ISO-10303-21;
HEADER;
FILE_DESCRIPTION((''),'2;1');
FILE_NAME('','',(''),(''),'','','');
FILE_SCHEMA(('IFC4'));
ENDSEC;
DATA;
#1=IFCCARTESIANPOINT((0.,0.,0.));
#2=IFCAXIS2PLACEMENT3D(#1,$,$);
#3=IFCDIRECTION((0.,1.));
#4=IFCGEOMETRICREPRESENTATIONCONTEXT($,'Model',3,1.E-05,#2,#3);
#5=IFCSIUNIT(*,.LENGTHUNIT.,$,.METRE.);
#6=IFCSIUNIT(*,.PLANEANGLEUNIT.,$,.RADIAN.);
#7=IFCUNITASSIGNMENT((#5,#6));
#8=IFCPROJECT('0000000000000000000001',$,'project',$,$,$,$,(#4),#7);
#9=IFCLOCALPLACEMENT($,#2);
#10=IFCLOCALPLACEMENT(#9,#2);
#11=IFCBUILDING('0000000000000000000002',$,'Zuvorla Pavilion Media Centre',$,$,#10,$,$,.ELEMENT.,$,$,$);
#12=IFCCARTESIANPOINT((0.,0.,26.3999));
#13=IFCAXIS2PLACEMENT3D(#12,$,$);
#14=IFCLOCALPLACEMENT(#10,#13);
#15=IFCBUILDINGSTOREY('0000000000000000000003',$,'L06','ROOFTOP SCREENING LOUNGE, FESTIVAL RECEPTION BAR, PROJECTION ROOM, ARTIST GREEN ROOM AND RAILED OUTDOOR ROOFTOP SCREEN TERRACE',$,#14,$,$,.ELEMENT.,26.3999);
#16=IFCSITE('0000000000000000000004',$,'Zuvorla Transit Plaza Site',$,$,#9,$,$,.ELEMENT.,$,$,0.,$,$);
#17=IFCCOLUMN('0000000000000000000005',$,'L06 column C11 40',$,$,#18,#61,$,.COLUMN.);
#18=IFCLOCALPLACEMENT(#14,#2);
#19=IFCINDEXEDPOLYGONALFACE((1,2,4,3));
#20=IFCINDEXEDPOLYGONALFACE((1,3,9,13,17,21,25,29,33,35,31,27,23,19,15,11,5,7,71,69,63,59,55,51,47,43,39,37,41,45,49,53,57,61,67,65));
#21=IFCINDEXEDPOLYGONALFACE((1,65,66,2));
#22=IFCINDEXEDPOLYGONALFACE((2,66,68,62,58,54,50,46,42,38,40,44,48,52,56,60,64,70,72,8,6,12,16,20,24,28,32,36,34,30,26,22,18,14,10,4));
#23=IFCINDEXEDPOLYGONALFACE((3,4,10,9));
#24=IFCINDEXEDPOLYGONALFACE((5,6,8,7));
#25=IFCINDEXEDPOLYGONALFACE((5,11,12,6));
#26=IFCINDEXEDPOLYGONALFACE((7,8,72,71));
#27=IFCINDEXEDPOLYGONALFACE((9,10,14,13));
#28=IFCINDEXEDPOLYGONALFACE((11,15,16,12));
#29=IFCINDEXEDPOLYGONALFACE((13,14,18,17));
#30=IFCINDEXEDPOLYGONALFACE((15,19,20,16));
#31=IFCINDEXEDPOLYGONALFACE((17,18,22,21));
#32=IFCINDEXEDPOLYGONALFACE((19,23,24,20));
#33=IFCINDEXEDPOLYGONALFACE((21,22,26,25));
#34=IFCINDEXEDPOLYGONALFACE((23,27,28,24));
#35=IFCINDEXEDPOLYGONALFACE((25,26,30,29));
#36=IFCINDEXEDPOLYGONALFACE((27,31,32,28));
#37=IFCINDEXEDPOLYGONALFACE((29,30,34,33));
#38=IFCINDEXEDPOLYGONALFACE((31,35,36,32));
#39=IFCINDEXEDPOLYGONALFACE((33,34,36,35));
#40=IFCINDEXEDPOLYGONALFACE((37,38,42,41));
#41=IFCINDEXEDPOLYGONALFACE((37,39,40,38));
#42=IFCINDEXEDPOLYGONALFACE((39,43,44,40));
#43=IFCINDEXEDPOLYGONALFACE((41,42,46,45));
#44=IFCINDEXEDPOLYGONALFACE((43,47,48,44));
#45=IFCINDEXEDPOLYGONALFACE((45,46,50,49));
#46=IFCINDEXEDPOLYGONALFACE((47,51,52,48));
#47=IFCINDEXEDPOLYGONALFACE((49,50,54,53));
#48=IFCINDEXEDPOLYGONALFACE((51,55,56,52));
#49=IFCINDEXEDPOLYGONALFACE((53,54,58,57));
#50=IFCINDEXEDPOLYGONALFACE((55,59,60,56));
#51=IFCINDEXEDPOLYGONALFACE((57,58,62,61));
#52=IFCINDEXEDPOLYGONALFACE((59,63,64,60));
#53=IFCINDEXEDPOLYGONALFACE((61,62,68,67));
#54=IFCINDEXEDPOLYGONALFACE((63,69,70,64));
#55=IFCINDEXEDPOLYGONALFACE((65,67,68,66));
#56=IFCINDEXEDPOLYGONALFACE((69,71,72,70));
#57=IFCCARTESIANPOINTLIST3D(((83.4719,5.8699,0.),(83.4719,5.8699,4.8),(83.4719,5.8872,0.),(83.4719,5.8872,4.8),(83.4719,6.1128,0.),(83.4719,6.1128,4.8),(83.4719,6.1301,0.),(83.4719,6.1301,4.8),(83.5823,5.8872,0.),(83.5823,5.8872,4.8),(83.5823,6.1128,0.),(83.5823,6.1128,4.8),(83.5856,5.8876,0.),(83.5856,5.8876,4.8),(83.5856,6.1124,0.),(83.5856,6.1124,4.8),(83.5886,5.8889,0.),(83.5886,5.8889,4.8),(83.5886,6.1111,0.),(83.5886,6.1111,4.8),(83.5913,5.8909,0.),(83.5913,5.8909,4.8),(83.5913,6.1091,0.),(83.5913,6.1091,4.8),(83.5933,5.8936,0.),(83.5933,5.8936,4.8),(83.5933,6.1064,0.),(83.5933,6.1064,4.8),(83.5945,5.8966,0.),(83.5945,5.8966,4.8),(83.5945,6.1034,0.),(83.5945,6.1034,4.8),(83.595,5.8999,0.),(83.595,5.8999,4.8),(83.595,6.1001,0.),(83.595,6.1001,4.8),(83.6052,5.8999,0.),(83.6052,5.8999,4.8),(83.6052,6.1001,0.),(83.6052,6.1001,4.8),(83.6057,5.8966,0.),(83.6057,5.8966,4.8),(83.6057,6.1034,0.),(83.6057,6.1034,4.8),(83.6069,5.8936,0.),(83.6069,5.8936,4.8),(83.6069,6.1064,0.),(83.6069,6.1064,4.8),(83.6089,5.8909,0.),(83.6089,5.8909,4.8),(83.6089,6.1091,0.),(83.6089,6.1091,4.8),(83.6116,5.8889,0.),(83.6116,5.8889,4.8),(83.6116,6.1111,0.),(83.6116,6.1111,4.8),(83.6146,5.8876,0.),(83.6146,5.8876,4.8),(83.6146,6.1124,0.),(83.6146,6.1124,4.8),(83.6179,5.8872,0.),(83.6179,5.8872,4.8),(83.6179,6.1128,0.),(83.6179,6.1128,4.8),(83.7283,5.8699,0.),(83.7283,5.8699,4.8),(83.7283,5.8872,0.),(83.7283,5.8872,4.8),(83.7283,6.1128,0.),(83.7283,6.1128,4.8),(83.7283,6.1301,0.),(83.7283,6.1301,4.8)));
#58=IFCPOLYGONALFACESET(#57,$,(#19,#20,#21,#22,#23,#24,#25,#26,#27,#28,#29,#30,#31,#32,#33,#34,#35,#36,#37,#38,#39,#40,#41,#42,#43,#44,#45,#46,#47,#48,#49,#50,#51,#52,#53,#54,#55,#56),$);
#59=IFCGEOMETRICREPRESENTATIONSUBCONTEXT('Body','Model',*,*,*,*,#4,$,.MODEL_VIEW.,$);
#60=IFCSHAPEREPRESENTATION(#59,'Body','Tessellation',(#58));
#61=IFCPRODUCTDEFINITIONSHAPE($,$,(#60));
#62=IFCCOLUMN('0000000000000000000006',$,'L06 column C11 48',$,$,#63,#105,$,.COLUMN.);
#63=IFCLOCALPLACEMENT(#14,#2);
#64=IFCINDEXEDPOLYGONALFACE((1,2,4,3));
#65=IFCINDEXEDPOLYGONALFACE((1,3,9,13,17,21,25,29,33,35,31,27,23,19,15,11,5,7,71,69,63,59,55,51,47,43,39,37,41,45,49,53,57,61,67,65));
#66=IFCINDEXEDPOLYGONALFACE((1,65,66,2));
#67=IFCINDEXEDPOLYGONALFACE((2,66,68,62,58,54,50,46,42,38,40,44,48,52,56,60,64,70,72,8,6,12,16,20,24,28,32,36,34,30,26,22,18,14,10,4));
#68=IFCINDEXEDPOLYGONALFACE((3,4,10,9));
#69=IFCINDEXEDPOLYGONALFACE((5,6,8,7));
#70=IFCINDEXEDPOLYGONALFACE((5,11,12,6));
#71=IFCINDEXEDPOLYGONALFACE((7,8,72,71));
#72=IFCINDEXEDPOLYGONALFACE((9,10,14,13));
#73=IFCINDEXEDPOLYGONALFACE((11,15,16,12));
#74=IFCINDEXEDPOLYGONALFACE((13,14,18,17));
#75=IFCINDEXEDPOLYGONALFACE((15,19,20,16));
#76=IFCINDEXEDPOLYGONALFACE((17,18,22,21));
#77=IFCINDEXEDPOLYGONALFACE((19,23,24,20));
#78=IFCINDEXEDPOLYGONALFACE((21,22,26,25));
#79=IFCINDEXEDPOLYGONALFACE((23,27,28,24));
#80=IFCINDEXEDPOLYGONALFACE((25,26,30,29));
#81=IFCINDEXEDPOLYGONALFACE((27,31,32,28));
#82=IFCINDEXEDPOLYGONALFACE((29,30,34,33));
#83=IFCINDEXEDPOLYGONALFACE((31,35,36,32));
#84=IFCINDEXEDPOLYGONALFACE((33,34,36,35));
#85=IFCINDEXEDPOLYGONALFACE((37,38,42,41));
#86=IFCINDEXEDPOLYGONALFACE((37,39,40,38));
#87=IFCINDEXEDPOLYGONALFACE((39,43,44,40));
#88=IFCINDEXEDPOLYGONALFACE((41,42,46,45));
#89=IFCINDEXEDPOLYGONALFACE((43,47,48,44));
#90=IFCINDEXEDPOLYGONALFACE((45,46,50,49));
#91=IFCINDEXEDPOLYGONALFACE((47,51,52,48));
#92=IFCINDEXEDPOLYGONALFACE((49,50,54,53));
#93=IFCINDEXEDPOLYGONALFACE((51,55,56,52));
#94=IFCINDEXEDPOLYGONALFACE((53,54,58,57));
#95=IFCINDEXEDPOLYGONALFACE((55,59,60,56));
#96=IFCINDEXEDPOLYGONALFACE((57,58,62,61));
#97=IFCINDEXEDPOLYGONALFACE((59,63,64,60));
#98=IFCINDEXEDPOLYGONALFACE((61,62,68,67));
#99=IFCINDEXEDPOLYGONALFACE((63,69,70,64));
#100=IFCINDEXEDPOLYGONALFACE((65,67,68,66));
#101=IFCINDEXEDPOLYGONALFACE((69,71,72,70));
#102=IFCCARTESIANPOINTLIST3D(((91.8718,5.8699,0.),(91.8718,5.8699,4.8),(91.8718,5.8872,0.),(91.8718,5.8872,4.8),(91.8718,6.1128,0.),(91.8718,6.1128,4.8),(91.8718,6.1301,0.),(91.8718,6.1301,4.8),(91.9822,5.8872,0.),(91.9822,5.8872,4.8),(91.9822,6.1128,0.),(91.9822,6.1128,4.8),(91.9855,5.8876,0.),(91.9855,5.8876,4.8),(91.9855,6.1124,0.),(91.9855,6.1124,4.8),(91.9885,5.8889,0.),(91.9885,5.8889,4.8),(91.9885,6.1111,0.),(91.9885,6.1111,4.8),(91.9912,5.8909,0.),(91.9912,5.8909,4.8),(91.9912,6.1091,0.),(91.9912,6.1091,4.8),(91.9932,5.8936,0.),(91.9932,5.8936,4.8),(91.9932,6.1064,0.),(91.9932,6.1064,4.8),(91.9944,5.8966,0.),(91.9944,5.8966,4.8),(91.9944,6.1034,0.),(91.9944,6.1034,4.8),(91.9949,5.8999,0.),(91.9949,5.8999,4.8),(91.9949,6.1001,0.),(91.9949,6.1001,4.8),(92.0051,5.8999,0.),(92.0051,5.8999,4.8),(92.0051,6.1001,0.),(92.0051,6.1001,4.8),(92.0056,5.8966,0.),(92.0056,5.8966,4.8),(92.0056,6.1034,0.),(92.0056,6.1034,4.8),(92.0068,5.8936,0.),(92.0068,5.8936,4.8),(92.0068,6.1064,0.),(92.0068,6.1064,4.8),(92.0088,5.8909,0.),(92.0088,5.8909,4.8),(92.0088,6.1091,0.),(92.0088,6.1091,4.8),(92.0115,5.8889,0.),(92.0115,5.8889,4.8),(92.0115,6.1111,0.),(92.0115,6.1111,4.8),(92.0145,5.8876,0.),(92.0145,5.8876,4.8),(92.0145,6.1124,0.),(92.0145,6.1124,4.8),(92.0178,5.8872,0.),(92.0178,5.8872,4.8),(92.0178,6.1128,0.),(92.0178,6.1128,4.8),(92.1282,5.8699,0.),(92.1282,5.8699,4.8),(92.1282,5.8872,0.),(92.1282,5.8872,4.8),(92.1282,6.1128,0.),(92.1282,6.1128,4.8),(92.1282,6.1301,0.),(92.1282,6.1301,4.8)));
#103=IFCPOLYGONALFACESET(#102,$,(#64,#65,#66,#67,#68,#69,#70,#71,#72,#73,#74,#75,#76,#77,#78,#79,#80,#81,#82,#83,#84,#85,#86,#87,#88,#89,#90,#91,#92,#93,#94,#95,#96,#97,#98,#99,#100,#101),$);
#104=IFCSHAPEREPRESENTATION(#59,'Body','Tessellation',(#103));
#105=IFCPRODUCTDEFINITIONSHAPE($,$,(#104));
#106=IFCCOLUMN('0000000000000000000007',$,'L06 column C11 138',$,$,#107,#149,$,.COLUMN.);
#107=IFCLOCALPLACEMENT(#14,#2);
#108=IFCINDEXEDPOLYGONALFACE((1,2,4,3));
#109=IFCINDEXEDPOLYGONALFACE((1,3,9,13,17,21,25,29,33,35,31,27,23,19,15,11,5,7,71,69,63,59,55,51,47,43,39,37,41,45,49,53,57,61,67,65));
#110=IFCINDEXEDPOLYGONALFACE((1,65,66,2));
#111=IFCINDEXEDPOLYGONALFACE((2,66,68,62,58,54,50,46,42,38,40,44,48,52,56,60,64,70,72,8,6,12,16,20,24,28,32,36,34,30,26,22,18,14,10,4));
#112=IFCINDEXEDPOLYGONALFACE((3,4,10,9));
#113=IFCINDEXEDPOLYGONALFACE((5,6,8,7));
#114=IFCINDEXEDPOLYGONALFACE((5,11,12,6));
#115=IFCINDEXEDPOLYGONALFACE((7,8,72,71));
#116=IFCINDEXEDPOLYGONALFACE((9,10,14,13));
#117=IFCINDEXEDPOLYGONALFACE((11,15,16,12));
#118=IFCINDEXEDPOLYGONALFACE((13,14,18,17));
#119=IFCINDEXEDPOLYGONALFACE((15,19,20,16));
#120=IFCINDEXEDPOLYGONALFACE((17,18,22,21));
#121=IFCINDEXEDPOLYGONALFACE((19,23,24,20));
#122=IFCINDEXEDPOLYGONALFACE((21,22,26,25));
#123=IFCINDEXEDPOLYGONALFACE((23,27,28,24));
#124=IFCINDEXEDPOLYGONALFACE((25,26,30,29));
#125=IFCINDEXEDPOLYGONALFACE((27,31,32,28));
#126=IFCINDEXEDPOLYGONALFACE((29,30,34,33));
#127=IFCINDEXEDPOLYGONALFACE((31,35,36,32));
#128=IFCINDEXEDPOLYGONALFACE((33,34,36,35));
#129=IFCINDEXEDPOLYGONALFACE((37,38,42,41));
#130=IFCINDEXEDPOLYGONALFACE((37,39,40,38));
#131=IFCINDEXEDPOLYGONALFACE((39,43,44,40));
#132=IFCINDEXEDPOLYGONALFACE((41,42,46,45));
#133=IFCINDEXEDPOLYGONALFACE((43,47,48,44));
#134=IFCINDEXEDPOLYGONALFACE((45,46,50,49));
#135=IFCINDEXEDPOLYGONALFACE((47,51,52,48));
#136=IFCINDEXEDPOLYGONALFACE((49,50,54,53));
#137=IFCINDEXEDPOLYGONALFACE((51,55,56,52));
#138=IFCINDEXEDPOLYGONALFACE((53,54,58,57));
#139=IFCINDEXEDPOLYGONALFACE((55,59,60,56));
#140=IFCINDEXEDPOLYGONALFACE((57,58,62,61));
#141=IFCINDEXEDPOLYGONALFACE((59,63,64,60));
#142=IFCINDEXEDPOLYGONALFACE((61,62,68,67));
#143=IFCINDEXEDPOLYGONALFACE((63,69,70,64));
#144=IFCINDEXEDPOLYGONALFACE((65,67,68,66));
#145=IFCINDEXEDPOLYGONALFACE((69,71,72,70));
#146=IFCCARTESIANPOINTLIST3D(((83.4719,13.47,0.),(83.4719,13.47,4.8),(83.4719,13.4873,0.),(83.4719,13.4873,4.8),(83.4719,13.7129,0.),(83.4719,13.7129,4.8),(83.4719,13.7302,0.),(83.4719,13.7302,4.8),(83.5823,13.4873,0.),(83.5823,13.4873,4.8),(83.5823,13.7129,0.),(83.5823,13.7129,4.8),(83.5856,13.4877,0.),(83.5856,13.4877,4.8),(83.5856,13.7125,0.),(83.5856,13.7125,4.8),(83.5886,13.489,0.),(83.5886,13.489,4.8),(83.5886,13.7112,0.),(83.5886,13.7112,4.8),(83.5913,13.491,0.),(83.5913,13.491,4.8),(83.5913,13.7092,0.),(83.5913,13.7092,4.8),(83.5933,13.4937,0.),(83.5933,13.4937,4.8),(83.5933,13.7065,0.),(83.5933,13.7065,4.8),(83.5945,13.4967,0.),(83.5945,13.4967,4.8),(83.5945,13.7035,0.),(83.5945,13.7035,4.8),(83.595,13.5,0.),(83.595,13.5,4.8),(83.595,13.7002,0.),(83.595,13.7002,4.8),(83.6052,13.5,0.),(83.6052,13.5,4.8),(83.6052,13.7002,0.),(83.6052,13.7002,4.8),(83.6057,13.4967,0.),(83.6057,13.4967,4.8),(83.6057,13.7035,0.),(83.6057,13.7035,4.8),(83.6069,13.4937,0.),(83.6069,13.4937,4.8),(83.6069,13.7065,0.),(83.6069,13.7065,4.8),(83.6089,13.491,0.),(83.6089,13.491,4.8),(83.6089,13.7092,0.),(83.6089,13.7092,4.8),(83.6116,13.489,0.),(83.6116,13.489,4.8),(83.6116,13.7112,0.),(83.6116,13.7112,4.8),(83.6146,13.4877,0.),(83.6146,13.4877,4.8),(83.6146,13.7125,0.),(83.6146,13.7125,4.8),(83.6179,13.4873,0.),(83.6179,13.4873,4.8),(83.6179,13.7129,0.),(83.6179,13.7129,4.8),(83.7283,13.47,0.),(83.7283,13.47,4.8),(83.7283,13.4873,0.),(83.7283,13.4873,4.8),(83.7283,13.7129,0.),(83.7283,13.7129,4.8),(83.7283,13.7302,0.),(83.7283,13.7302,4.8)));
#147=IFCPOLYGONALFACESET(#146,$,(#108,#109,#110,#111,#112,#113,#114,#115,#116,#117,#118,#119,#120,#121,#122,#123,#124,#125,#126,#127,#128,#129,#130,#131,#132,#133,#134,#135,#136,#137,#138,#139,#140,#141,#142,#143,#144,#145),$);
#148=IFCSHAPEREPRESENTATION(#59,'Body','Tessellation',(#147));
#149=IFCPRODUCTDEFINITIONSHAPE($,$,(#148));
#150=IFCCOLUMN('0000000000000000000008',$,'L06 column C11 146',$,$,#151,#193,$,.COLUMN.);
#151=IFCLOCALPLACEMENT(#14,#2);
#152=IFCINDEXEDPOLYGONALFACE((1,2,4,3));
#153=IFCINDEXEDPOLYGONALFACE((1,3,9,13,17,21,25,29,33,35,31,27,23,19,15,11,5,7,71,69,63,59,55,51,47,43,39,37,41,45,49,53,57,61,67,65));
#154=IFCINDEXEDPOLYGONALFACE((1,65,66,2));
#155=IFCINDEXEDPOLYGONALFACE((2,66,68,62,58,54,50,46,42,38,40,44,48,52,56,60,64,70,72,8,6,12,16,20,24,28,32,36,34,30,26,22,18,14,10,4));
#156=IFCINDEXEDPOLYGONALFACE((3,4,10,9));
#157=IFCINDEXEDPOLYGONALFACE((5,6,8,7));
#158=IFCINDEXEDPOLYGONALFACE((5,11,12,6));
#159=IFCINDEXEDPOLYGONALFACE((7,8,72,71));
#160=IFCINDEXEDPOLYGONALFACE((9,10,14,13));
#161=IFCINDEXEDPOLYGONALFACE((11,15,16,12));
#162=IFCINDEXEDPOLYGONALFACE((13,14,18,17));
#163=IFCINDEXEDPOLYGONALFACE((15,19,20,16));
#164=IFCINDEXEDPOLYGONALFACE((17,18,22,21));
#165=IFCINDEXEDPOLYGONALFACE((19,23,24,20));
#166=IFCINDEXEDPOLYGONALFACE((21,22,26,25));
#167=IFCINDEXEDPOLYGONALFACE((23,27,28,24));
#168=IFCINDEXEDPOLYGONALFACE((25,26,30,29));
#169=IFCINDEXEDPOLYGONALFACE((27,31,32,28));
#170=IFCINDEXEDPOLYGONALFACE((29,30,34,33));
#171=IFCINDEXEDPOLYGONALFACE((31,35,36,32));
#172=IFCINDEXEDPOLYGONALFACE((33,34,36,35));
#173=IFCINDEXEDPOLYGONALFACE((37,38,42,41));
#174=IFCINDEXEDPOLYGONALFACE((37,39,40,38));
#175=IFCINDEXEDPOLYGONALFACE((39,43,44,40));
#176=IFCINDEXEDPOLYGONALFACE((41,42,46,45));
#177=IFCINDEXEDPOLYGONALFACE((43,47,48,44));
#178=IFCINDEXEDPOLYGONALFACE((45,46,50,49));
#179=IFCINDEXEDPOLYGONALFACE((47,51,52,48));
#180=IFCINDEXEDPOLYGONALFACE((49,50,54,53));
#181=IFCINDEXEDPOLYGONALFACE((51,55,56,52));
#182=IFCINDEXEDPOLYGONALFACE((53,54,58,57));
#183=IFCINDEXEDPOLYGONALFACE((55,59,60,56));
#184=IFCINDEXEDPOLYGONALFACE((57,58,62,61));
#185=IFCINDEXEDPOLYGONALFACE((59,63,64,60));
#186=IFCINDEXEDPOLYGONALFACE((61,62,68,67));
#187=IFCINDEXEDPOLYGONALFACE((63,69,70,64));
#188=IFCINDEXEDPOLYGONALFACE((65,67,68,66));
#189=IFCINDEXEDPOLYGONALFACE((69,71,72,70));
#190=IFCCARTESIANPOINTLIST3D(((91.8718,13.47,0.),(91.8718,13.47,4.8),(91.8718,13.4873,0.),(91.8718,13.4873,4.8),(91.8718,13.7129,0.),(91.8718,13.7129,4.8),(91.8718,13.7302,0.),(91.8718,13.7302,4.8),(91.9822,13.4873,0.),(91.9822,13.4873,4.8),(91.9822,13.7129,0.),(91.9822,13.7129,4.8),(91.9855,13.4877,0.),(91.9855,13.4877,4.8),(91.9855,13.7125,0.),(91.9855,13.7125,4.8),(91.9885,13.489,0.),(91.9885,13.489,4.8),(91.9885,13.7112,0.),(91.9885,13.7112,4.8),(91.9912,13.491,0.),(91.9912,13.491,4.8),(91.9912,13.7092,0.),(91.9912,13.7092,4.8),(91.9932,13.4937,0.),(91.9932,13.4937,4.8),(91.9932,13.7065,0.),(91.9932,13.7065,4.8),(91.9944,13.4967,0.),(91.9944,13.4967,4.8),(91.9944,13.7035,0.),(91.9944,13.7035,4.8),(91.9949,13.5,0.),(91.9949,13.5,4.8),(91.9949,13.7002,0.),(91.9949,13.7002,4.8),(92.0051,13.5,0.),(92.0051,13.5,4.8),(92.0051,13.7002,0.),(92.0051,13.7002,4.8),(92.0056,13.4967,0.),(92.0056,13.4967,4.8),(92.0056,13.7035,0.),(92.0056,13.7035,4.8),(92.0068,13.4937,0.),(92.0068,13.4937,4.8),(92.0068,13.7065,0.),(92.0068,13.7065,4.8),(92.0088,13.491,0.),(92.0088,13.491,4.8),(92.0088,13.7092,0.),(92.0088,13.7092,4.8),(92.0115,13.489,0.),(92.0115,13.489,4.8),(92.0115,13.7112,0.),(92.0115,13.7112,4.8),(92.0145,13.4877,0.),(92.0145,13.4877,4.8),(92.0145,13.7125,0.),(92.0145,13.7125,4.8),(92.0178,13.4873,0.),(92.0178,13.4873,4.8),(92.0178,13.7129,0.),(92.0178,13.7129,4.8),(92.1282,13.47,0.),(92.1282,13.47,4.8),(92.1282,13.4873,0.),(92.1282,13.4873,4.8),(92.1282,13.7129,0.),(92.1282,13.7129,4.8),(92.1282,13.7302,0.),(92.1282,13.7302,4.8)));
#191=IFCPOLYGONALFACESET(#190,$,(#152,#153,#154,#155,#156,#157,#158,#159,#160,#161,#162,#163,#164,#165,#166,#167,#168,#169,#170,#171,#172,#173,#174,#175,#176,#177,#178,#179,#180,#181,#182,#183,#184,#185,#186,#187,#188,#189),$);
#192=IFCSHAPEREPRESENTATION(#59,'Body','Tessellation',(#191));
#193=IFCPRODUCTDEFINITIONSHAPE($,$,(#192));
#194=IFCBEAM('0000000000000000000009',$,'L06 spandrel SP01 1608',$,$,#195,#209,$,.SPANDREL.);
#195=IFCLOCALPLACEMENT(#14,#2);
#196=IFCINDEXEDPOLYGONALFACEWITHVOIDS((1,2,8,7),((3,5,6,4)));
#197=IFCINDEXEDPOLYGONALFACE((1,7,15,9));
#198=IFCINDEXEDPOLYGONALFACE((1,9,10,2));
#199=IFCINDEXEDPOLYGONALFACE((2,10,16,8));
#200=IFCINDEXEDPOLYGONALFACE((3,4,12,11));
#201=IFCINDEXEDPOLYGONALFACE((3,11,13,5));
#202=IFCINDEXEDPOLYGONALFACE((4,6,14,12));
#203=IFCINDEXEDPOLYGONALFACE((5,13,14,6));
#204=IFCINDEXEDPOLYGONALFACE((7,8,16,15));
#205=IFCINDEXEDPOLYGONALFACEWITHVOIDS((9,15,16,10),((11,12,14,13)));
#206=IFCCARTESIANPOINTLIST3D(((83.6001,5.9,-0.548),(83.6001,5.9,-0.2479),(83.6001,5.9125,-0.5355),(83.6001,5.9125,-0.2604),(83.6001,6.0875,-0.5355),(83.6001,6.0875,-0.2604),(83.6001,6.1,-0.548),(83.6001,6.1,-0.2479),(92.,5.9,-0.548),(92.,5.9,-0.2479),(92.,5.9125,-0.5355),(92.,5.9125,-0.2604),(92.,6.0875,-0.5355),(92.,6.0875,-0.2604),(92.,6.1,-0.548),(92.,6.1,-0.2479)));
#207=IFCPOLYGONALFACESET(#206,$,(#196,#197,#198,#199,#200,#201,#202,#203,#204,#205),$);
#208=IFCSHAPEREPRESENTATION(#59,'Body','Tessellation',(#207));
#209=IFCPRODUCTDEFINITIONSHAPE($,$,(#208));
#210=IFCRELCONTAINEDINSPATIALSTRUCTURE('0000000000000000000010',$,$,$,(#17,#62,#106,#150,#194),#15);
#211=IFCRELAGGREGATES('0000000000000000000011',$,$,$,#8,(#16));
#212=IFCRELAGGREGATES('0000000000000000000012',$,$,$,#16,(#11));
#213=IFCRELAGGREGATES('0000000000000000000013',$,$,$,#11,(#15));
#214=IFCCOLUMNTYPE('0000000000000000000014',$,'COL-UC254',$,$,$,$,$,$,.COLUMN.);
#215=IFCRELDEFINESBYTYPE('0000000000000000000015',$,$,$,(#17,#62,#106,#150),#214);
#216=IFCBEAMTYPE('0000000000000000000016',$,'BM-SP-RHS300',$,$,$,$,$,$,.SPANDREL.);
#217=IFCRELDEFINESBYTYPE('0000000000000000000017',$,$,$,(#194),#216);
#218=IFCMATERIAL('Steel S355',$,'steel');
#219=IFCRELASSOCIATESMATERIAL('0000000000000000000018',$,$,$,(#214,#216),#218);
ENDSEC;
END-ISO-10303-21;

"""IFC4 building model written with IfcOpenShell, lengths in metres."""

from ifc_helpers import new_model, si_unit, direction, frame, origin, origin_2d, place, context, subcontext, project, spatial, hollow_rectangle, i_section, extrude, material, material_profile, profile_set, type_object, element, save


model = new_model("IFC4")

# Units and contexts
model_context = context("Model", 3, precision=1e-05, world=origin(), true_north=direction((0.0, 1.0)))
body_context = subcontext(model_context, "Body", "Model", "MODEL_VIEW")
ifc_project = project(units=[si_unit("LENGTHUNIT", "METRE"), si_unit("PLANEANGLEUNIT", "RADIAN")], contexts=[model_context])

# Site, building, storey
site_placement = place(None, origin())
site = spatial("IfcSite", under=ifc_project, at=site_placement, Name="Zuvorla Transit Plaza Site", CompositionType="ELEMENT", RefElevation=0.0)
building_placement = place(site_placement, origin())
building = spatial("IfcBuilding", under=site, at=building_placement, Name="Zuvorla Pavilion Media Centre", CompositionType="ELEMENT")
storey_placement = place(building_placement, frame((0.0, 0.0, 26.3999)))
storey = spatial("IfcBuildingStorey", under=building, at=storey_placement, Name="L06", Description="ROOFTOP SCREENING LOUNGE, FESTIVAL RECEPTION BAR, PROJECTION ROOM, ARTIST GREEN ROOM AND RAILED OUTDOOR ROOFTOP SCREEN TERRACE", CompositionType="ELEMENT", Elevation=26.3999)

# Columns
ifc_material_1 = material(Name="Steel S355", Category="steel")
ifc_material_profile_1 = material_profile(ifc_material_1, i_section(OverallWidth=0.2563, OverallDepth=0.2603, WebThickness=0.0103, FlangeThickness=0.0173, FilletRadius=0.0127, at=origin_2d()), Name="UC 254x254x89")
ifc_profile_set_1 = profile_set([ifc_material_profile_1], Name="Steel S355")
column_type = type_object("IfcColumnType", Name="COL-UC254", PredefinedType="COLUMN", material=ifc_profile_set_1)
for number, where, z_axis, x_axis, name in (
    (1, (83.6001, 6.0, 0.0), (0.0, 0.0, 1.0), (1.0, 0.0, 0.0), "L06 column C11 40"),
    (2, (92.0, 6.0, 0.0), (0.0, 0.0, 1.0), (1.0, 0.0, 0.0), "L06 column C11 48"),
    (3, (83.6001, 13.6001, 0.0), (0.0, 0.0, 1.0), (1.0, 0.0, 0.0), "L06 column C11 138"),
    (4, (92.0, 13.6001, 0.0), (0.0, 0.0, 1.0), (1.0, 0.0, 0.0), "L06 column C11 146"),
):
    element("IfcColumn", number, at=place(storey_placement, frame(where, z_axis=z_axis, x_axis=x_axis)), inside=storey, type_object=column_type, Name=name, PredefinedType="COLUMN", context=body_context, shape_type="SweptSolid", body=[
        extrude(i_section(OverallWidth=0.2563, OverallDepth=0.2603, WebThickness=0.0103, FlangeThickness=0.0173, FilletRadius=0.0127, at=origin_2d()), origin(), (0.0, 0.0, 1.0), 4.8),
    ])

# Beam
ifc_material_profile_2 = material_profile(ifc_material_1, hollow_rectangle(XDim=0.2, YDim=0.3, WallThickness=0.0125, at=origin_2d()), Name="RHS 300x200x12.5")
ifc_profile_set_2 = profile_set([ifc_material_profile_2], Name="Steel S355")
beam_type_1 = type_object("IfcBeamType", Name="BM-SP-RHS300", PredefinedType="SPANDREL", material=ifc_profile_set_2)
beam_1_placement = place(storey_placement, frame((83.6001, 6.0, -0.3979), z_axis=(1.0, 0.0, 0.0), x_axis=(0.0, 1.0, 0.0)))
element("IfcBeam", 5, at=beam_1_placement, inside=storey, type_object=beam_type_1, Name="L06 spandrel SP01 1608", PredefinedType="SPANDREL", context=body_context, shape_type="SweptSolid", body=[
    extrude(hollow_rectangle(XDim=0.2, YDim=0.3, WallThickness=0.0125, at=origin_2d()), origin(), (0.0, 0.0, 1.0), 8.3999),
])

save(model, "model.ifc")
